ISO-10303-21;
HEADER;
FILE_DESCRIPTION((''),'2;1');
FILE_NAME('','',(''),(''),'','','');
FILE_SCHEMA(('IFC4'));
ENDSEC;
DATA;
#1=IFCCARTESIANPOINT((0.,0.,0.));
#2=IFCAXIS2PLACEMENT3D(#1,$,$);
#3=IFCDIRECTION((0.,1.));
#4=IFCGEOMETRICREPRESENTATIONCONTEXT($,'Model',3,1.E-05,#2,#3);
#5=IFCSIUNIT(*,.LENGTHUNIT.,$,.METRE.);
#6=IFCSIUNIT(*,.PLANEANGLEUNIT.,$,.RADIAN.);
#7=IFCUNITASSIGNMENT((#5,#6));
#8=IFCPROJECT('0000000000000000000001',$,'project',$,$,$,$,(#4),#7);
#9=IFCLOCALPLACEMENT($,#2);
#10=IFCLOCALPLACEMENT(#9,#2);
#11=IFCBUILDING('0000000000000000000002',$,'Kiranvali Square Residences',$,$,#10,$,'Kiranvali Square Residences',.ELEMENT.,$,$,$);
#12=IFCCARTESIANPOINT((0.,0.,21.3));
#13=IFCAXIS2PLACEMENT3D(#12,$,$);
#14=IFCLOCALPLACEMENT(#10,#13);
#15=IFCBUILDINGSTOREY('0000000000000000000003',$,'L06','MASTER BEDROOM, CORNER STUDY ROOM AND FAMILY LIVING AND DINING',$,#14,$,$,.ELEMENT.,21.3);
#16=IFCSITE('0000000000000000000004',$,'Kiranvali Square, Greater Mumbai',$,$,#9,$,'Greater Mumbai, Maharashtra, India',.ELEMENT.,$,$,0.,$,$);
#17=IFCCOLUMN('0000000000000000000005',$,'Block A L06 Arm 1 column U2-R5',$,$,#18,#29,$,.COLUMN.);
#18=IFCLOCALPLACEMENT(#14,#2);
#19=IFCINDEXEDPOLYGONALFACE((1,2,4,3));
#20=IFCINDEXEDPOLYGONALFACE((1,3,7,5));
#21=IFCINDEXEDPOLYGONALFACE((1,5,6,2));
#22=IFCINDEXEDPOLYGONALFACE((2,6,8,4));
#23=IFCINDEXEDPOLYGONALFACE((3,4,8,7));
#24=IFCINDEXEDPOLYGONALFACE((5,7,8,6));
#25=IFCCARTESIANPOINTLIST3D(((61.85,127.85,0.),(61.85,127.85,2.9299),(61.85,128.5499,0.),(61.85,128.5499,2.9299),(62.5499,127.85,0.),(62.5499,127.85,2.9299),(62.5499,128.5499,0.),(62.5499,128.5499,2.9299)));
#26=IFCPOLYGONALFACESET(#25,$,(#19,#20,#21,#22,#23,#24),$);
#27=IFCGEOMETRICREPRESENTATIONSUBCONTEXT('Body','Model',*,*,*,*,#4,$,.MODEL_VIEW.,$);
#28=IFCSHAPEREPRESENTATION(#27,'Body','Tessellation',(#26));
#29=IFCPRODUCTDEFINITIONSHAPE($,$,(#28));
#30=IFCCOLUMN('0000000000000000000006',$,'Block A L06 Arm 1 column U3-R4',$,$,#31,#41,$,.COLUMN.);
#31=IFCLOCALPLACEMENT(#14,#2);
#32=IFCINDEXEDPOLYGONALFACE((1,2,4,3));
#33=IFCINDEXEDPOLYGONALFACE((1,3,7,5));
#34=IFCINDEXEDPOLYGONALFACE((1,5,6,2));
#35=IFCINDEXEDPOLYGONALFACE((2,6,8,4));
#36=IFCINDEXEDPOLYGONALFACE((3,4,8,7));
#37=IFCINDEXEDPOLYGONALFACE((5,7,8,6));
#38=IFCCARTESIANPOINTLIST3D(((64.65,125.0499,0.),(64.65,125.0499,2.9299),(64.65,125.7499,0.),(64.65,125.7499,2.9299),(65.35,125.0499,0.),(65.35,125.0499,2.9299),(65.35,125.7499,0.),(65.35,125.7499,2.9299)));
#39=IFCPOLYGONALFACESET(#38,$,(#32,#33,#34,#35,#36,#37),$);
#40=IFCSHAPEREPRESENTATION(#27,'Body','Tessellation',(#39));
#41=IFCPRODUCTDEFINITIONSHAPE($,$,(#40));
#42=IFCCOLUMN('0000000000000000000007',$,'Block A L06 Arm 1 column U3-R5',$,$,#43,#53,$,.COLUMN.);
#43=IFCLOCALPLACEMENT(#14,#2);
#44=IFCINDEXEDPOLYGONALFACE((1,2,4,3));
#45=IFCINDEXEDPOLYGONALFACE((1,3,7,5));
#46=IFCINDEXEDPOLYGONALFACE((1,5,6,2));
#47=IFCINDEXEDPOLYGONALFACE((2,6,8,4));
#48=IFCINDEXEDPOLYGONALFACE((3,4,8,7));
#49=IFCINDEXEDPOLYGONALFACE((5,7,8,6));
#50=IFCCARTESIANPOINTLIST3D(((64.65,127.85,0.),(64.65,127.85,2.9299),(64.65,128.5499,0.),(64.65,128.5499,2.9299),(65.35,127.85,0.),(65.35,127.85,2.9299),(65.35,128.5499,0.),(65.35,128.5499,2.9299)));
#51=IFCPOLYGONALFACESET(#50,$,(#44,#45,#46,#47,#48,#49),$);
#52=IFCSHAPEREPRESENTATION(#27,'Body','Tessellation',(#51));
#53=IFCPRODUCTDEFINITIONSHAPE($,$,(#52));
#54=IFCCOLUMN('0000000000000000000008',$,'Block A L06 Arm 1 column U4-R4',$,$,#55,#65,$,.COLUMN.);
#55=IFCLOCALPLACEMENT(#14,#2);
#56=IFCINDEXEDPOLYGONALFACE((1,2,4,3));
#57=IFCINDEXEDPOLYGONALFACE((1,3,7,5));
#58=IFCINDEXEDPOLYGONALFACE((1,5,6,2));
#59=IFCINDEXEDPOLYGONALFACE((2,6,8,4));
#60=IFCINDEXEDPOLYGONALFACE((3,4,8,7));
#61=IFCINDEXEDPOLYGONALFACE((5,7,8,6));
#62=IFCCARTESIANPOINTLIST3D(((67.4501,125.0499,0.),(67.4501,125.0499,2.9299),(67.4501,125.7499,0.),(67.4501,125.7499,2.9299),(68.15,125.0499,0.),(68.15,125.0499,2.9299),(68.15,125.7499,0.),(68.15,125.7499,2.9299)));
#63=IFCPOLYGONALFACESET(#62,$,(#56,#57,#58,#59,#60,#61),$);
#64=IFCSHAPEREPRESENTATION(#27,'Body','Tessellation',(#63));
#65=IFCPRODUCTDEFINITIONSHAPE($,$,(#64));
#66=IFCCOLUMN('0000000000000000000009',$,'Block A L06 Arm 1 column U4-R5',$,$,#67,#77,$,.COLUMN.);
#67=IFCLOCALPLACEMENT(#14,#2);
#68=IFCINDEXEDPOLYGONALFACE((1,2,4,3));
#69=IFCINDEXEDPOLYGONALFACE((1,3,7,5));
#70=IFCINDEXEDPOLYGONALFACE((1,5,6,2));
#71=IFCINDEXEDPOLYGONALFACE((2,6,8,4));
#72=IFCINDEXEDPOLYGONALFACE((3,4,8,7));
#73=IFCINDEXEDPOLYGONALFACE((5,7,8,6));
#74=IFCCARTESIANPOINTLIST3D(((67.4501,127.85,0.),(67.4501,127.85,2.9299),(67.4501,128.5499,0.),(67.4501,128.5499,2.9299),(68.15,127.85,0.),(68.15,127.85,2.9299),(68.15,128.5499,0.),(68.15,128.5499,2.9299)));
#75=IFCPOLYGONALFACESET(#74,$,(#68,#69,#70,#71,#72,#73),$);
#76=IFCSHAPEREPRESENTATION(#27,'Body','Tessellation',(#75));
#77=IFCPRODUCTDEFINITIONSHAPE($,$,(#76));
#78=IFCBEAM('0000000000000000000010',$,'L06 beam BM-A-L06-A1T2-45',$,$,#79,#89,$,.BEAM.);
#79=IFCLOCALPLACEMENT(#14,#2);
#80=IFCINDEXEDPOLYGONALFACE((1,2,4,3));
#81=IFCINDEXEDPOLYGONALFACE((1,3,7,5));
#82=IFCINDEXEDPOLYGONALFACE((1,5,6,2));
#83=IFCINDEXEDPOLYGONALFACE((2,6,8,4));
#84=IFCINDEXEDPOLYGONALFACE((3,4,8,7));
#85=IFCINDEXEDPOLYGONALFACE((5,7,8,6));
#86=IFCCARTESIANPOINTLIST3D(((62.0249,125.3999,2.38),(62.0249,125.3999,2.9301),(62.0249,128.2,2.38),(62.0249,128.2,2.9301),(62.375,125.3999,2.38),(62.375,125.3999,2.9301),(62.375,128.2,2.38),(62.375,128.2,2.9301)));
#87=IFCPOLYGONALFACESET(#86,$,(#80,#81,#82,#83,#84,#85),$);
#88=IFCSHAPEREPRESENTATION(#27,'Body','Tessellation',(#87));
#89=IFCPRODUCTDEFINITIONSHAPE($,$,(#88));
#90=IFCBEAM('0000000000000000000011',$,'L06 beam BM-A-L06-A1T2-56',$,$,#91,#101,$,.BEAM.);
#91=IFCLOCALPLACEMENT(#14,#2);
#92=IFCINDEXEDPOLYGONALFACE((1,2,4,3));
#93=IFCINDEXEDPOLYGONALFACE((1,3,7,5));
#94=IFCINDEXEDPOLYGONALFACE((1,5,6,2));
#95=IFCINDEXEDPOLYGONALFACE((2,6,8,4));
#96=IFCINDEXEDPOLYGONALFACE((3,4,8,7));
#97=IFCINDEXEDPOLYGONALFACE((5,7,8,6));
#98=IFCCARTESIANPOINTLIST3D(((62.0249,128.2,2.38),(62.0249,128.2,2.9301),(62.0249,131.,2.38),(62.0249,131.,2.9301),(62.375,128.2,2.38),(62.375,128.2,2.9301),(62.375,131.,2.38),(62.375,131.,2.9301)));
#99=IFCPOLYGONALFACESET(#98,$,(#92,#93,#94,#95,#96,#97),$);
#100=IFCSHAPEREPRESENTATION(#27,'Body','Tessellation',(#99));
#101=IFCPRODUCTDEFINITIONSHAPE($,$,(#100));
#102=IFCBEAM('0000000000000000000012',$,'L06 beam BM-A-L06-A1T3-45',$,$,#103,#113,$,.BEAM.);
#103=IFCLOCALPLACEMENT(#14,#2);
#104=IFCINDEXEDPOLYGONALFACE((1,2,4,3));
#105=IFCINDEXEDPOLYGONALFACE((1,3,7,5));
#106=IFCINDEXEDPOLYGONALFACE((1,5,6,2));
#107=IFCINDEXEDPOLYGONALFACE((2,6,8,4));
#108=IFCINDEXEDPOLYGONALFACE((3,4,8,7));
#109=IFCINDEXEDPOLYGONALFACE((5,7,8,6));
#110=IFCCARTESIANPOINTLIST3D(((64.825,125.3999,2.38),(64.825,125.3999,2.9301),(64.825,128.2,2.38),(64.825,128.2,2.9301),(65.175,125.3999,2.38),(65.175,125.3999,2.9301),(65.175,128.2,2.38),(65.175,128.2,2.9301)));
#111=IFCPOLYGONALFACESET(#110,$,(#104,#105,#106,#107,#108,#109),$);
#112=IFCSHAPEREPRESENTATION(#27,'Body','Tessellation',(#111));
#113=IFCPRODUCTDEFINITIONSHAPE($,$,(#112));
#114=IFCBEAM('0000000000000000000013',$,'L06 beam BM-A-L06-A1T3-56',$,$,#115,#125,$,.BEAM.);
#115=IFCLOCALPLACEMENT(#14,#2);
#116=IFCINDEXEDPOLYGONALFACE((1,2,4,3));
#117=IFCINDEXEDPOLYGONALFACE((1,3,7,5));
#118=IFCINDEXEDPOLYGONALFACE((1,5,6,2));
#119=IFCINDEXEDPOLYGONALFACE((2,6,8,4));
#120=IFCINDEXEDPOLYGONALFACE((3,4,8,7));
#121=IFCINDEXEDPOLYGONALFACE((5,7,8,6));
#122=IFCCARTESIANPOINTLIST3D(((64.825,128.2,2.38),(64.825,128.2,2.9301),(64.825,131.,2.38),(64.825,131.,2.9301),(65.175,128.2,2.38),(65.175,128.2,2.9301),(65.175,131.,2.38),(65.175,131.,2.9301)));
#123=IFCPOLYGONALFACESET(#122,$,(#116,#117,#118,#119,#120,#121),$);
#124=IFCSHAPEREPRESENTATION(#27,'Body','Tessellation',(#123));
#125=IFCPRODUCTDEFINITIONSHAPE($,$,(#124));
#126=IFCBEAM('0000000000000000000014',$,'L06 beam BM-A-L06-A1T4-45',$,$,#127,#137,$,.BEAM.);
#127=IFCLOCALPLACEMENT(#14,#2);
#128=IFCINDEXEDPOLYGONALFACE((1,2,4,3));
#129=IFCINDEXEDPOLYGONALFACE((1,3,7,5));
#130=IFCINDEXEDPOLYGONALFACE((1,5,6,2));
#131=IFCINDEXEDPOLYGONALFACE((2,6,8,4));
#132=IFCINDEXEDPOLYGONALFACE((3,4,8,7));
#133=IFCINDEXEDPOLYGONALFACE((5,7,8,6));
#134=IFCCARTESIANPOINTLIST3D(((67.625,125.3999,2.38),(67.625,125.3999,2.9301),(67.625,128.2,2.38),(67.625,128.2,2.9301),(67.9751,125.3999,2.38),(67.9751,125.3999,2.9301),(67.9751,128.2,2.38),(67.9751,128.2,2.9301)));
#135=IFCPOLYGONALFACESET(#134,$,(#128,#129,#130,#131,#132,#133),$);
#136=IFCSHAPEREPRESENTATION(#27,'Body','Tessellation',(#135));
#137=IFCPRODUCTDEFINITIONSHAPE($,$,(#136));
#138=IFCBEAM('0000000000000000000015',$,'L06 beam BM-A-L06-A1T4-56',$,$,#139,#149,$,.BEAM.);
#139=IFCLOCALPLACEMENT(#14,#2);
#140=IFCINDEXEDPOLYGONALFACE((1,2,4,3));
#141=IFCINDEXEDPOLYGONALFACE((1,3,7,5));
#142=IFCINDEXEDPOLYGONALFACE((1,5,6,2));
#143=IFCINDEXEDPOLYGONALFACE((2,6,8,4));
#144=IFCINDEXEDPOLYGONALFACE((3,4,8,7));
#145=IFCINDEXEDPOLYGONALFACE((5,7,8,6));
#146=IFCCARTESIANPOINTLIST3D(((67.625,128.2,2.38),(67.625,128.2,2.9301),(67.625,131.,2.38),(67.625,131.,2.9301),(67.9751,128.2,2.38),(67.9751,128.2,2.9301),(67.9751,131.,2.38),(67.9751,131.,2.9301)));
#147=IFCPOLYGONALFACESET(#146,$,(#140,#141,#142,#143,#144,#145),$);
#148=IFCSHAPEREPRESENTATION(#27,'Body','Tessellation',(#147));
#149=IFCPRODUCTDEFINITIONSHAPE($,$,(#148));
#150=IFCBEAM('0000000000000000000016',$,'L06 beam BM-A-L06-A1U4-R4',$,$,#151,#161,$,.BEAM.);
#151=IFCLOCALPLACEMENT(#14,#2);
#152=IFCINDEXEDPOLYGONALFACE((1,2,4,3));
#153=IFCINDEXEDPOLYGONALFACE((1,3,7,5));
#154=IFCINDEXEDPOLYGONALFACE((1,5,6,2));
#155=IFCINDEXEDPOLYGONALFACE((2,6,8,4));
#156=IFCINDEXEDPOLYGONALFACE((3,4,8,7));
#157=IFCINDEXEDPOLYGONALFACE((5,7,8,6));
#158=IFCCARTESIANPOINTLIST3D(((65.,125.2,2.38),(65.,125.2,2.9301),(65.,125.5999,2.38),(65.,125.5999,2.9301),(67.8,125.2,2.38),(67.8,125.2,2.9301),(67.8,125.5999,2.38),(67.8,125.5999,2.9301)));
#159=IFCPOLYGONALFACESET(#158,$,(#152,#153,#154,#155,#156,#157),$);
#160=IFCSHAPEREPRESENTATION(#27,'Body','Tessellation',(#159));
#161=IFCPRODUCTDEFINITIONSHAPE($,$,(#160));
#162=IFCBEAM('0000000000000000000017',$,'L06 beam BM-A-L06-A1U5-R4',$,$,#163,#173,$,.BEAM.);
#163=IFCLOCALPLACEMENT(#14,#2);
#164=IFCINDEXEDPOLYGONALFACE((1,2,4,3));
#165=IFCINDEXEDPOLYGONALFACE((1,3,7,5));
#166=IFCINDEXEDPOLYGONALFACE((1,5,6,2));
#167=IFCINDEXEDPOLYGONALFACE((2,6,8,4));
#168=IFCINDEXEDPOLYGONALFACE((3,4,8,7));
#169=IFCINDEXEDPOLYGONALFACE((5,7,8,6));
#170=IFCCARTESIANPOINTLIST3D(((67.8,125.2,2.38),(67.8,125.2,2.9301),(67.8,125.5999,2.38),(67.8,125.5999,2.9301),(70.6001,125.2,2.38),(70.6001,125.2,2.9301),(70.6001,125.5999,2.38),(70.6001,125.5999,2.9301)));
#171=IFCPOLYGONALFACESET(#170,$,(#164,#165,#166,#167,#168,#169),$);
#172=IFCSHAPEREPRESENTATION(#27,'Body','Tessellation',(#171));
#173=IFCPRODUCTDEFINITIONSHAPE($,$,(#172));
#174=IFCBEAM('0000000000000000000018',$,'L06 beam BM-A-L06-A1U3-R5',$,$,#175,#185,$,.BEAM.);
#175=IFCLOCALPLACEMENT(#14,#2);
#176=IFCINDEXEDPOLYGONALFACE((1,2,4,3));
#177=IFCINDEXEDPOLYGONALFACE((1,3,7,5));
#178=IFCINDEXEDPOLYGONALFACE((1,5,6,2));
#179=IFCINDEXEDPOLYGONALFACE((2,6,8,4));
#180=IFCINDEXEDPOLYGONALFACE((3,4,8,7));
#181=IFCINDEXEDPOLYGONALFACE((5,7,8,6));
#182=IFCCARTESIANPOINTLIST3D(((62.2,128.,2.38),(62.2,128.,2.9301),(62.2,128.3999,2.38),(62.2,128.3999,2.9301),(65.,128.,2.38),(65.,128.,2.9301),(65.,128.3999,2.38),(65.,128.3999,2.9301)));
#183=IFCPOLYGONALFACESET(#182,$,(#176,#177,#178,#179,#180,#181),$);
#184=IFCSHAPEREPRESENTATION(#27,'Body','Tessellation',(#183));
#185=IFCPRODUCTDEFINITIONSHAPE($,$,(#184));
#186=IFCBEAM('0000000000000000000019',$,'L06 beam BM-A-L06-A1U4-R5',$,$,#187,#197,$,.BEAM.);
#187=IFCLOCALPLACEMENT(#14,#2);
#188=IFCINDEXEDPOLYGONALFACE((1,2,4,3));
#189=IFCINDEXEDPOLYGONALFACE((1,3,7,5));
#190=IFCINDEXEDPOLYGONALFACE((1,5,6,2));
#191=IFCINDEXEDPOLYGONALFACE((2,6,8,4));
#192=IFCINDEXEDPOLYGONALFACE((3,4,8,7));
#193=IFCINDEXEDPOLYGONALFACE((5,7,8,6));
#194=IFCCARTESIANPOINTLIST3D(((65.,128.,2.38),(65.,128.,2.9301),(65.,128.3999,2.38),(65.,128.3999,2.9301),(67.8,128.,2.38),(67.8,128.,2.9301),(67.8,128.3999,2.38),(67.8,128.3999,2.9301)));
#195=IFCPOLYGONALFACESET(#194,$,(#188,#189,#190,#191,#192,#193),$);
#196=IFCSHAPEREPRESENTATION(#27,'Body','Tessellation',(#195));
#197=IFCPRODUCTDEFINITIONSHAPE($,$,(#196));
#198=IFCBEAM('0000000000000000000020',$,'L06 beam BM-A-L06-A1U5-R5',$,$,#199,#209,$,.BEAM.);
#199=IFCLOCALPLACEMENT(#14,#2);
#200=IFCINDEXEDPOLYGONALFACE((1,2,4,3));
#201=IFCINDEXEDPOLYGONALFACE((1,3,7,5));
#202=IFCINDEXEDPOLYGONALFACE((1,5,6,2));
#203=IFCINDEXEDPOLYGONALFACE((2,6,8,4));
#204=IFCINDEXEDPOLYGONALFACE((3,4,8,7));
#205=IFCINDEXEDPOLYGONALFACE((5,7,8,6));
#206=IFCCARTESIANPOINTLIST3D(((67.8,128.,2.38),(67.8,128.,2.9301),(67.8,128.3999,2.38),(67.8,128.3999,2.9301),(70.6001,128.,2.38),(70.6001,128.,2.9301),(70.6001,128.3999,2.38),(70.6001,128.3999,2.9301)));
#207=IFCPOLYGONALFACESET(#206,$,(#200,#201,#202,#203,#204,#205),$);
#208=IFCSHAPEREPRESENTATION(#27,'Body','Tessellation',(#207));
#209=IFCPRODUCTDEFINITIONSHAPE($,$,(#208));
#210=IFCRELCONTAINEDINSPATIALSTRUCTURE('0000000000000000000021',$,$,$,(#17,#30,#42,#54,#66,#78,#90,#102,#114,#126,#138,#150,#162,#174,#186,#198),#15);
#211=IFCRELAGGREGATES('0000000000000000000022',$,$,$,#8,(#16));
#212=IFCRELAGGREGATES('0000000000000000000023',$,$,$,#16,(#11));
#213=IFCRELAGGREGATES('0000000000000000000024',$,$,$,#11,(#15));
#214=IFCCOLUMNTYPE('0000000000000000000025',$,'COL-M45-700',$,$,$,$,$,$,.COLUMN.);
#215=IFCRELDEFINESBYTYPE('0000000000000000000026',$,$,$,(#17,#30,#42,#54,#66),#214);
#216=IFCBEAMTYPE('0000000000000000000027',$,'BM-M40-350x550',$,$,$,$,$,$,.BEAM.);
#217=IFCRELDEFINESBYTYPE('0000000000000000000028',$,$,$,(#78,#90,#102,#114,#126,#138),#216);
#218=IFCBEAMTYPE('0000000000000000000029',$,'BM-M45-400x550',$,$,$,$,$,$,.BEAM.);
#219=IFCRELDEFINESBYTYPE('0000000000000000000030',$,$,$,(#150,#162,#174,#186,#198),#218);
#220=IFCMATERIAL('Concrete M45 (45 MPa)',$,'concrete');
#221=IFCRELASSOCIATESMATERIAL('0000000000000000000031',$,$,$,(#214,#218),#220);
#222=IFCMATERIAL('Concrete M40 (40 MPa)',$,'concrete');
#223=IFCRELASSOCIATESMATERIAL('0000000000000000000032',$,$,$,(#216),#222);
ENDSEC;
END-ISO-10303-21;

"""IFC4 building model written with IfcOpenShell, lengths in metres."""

from ifc_helpers import new_model, si_unit, direction, frame, origin, origin_2d, place, context, subcontext, project, spatial, rectangle, extrude, material, material_profile, profile_set, type_object, element, save


model = new_model("IFC4")

# Units and contexts
model_context = context("Model", 3, precision=1e-05, world=origin(), true_north=direction((0.0, 1.0)))
body_context = subcontext(model_context, "Body", "Model", "MODEL_VIEW")
ifc_project = project(units=[si_unit("LENGTHUNIT", "METRE"), si_unit("PLANEANGLEUNIT", "RADIAN")], contexts=[model_context])

# Site, building, storey
site_placement = place(None, origin())
site = spatial("IfcSite", under=ifc_project, at=site_placement, Name="Kiranvali Square, Greater Mumbai", LongName="Greater Mumbai, Maharashtra, India", CompositionType="ELEMENT", RefElevation=0.0)
building_placement = place(site_placement, origin())
building = spatial("IfcBuilding", under=site, at=building_placement, Name="Kiranvali Square Residences", LongName="Kiranvali Square Residences", CompositionType="ELEMENT")
storey_placement = place(building_placement, frame((0.0, 0.0, 21.3)))
storey = spatial("IfcBuildingStorey", under=building, at=storey_placement, Name="L06", Description="MASTER BEDROOM, CORNER STUDY ROOM AND FAMILY LIVING AND DINING", CompositionType="ELEMENT", Elevation=21.3)

# Columns
ifc_material_1 = material(Name="Concrete M45 (45 MPa)", Category="concrete")
ifc_material_profile_1 = material_profile(ifc_material_1, rectangle(XDim=0.7, YDim=0.7, at=origin_2d()), Name="RC 700x700")
ifc_profile_set_1 = profile_set([ifc_material_profile_1], Name="Concrete M45 (45 MPa)")
column_type = type_object("IfcColumnType", Name="COL-M45-700", PredefinedType="COLUMN", material=ifc_profile_set_1)
for number, where, z_axis, x_axis, name in (
    (1, (62.2, 128.2, 0.0), (0.0, 0.0, 1.0), (1.0, 0.0, 0.0), "Block A L06 Arm 1 column U2-R5"),
    (2, (65.0, 125.3999, 0.0), (0.0, 0.0, 1.0), (1.0, 0.0, 0.0), "Block A L06 Arm 1 column U3-R4"),
    (3, (65.0, 128.2, 0.0), (0.0, 0.0, 1.0), (1.0, 0.0, 0.0), "Block A L06 Arm 1 column U3-R5"),
    (4, (67.8, 125.3999, 0.0), (0.0, 0.0, 1.0), (1.0, 0.0, 0.0), "Block A L06 Arm 1 column U4-R4"),
    (5, (67.8, 128.2, 0.0), (0.0, 0.0, 1.0), (1.0, 0.0, 0.0), "Block A L06 Arm 1 column U4-R5"),
):
    element("IfcColumn", number, at=place(storey_placement, frame(where, z_axis=z_axis, x_axis=x_axis)), inside=storey, type_object=column_type, Name=name, PredefinedType="COLUMN", context=body_context, shape_type="SweptSolid", body=[
        extrude(rectangle(XDim=0.7, YDim=0.7, at=origin_2d()), origin(), (0.0, 0.0, 1.0), 2.9299),
    ])

# Beams
ifc_material_2 = material(Name="Concrete M40 (40 MPa)", Category="concrete")
ifc_material_profile_2 = material_profile(ifc_material_2, rectangle(XDim=0.3501, YDim=0.55, at=origin_2d()), Name="RC 350x550")
ifc_profile_set_2 = profile_set([ifc_material_profile_2], Name="Concrete M40 (40 MPa)")
beam_type_1 = type_object("IfcBeamType", Name="BM-M40-350x550", PredefinedType="BEAM", material=ifc_profile_set_2)
for number, where, z_axis, x_axis, name in (
    (6, (62.2, 125.3999, 2.655), (0.0, 1.0, 0.0), (-1.0, 0.0, 0.0), "L06 beam BM-A-L06-A1T2-45"),
    (7, (62.2, 128.2, 2.655), (0.0, 1.0, 0.0), (-1.0, 0.0, 0.0), "L06 beam BM-A-L06-A1T2-56"),
    (8, (65.0, 125.3999, 2.655), (0.0, 1.0, 0.0), (-1.0, 0.0, 0.0), "L06 beam BM-A-L06-A1T3-45"),
    (9, (65.0, 128.2, 2.655), (0.0, 1.0, 0.0), (-1.0, 0.0, 0.0), "L06 beam BM-A-L06-A1T3-56"),
    (10, (67.8, 125.3999, 2.655), (0.0, 1.0, 0.0), (-1.0, 0.0, 0.0), "L06 beam BM-A-L06-A1T4-45"),
    (11, (67.8, 128.2, 2.655), (0.0, 1.0, 0.0), (-1.0, 0.0, 0.0), "L06 beam BM-A-L06-A1T4-56"),
):
    element("IfcBeam", number, at=place(storey_placement, frame(where, z_axis=z_axis, x_axis=x_axis)), inside=storey, type_object=beam_type_1, Name=name, PredefinedType="BEAM", context=body_context, shape_type="SweptSolid", body=[
        extrude(rectangle(XDim=0.3501, YDim=0.55, at=origin_2d()), origin(), (0.0, 0.0, 1.0), 2.8),
    ])
ifc_material_profile_3 = material_profile(ifc_material_1, rectangle(XDim=0.3999, YDim=0.55, at=origin_2d()), Name="RC 400x550")
ifc_profile_set_3 = profile_set([ifc_material_profile_3], Name="Concrete M45 (45 MPa)")
beam_type_2 = type_object("IfcBeamType", Name="BM-M45-400x550", PredefinedType="BEAM", material=ifc_profile_set_3)
for number, where, z_axis, x_axis, name in (
    (12, (65.0, 125.3999, 2.655), (1.0, 0.0, 0.0), (0.0, 1.0, 0.0), "L06 beam BM-A-L06-A1U4-R4"),
    (13, (67.8, 125.3999, 2.655), (1.0, 0.0, 0.0), (0.0, 1.0, 0.0), "L06 beam BM-A-L06-A1U5-R4"),
    (14, (62.2, 128.2, 2.655), (1.0, 0.0, 0.0), (0.0, 1.0, 0.0), "L06 beam BM-A-L06-A1U3-R5"),
    (15, (65.0, 128.2, 2.655), (1.0, 0.0, 0.0), (0.0, 1.0, 0.0), "L06 beam BM-A-L06-A1U4-R5"),
    (16, (67.8, 128.2, 2.655), (1.0, 0.0, 0.0), (0.0, 1.0, 0.0), "L06 beam BM-A-L06-A1U5-R5"),
):
    element("IfcBeam", number, at=place(storey_placement, frame(where, z_axis=z_axis, x_axis=x_axis)), inside=storey, type_object=beam_type_2, Name=name, PredefinedType="BEAM", context=body_context, shape_type="SweptSolid", body=[
        extrude(rectangle(XDim=0.3999, YDim=0.55, at=origin_2d()), origin(), (0.0, 0.0, 1.0), 2.8),
    ])

save(model, "model.ifc")
